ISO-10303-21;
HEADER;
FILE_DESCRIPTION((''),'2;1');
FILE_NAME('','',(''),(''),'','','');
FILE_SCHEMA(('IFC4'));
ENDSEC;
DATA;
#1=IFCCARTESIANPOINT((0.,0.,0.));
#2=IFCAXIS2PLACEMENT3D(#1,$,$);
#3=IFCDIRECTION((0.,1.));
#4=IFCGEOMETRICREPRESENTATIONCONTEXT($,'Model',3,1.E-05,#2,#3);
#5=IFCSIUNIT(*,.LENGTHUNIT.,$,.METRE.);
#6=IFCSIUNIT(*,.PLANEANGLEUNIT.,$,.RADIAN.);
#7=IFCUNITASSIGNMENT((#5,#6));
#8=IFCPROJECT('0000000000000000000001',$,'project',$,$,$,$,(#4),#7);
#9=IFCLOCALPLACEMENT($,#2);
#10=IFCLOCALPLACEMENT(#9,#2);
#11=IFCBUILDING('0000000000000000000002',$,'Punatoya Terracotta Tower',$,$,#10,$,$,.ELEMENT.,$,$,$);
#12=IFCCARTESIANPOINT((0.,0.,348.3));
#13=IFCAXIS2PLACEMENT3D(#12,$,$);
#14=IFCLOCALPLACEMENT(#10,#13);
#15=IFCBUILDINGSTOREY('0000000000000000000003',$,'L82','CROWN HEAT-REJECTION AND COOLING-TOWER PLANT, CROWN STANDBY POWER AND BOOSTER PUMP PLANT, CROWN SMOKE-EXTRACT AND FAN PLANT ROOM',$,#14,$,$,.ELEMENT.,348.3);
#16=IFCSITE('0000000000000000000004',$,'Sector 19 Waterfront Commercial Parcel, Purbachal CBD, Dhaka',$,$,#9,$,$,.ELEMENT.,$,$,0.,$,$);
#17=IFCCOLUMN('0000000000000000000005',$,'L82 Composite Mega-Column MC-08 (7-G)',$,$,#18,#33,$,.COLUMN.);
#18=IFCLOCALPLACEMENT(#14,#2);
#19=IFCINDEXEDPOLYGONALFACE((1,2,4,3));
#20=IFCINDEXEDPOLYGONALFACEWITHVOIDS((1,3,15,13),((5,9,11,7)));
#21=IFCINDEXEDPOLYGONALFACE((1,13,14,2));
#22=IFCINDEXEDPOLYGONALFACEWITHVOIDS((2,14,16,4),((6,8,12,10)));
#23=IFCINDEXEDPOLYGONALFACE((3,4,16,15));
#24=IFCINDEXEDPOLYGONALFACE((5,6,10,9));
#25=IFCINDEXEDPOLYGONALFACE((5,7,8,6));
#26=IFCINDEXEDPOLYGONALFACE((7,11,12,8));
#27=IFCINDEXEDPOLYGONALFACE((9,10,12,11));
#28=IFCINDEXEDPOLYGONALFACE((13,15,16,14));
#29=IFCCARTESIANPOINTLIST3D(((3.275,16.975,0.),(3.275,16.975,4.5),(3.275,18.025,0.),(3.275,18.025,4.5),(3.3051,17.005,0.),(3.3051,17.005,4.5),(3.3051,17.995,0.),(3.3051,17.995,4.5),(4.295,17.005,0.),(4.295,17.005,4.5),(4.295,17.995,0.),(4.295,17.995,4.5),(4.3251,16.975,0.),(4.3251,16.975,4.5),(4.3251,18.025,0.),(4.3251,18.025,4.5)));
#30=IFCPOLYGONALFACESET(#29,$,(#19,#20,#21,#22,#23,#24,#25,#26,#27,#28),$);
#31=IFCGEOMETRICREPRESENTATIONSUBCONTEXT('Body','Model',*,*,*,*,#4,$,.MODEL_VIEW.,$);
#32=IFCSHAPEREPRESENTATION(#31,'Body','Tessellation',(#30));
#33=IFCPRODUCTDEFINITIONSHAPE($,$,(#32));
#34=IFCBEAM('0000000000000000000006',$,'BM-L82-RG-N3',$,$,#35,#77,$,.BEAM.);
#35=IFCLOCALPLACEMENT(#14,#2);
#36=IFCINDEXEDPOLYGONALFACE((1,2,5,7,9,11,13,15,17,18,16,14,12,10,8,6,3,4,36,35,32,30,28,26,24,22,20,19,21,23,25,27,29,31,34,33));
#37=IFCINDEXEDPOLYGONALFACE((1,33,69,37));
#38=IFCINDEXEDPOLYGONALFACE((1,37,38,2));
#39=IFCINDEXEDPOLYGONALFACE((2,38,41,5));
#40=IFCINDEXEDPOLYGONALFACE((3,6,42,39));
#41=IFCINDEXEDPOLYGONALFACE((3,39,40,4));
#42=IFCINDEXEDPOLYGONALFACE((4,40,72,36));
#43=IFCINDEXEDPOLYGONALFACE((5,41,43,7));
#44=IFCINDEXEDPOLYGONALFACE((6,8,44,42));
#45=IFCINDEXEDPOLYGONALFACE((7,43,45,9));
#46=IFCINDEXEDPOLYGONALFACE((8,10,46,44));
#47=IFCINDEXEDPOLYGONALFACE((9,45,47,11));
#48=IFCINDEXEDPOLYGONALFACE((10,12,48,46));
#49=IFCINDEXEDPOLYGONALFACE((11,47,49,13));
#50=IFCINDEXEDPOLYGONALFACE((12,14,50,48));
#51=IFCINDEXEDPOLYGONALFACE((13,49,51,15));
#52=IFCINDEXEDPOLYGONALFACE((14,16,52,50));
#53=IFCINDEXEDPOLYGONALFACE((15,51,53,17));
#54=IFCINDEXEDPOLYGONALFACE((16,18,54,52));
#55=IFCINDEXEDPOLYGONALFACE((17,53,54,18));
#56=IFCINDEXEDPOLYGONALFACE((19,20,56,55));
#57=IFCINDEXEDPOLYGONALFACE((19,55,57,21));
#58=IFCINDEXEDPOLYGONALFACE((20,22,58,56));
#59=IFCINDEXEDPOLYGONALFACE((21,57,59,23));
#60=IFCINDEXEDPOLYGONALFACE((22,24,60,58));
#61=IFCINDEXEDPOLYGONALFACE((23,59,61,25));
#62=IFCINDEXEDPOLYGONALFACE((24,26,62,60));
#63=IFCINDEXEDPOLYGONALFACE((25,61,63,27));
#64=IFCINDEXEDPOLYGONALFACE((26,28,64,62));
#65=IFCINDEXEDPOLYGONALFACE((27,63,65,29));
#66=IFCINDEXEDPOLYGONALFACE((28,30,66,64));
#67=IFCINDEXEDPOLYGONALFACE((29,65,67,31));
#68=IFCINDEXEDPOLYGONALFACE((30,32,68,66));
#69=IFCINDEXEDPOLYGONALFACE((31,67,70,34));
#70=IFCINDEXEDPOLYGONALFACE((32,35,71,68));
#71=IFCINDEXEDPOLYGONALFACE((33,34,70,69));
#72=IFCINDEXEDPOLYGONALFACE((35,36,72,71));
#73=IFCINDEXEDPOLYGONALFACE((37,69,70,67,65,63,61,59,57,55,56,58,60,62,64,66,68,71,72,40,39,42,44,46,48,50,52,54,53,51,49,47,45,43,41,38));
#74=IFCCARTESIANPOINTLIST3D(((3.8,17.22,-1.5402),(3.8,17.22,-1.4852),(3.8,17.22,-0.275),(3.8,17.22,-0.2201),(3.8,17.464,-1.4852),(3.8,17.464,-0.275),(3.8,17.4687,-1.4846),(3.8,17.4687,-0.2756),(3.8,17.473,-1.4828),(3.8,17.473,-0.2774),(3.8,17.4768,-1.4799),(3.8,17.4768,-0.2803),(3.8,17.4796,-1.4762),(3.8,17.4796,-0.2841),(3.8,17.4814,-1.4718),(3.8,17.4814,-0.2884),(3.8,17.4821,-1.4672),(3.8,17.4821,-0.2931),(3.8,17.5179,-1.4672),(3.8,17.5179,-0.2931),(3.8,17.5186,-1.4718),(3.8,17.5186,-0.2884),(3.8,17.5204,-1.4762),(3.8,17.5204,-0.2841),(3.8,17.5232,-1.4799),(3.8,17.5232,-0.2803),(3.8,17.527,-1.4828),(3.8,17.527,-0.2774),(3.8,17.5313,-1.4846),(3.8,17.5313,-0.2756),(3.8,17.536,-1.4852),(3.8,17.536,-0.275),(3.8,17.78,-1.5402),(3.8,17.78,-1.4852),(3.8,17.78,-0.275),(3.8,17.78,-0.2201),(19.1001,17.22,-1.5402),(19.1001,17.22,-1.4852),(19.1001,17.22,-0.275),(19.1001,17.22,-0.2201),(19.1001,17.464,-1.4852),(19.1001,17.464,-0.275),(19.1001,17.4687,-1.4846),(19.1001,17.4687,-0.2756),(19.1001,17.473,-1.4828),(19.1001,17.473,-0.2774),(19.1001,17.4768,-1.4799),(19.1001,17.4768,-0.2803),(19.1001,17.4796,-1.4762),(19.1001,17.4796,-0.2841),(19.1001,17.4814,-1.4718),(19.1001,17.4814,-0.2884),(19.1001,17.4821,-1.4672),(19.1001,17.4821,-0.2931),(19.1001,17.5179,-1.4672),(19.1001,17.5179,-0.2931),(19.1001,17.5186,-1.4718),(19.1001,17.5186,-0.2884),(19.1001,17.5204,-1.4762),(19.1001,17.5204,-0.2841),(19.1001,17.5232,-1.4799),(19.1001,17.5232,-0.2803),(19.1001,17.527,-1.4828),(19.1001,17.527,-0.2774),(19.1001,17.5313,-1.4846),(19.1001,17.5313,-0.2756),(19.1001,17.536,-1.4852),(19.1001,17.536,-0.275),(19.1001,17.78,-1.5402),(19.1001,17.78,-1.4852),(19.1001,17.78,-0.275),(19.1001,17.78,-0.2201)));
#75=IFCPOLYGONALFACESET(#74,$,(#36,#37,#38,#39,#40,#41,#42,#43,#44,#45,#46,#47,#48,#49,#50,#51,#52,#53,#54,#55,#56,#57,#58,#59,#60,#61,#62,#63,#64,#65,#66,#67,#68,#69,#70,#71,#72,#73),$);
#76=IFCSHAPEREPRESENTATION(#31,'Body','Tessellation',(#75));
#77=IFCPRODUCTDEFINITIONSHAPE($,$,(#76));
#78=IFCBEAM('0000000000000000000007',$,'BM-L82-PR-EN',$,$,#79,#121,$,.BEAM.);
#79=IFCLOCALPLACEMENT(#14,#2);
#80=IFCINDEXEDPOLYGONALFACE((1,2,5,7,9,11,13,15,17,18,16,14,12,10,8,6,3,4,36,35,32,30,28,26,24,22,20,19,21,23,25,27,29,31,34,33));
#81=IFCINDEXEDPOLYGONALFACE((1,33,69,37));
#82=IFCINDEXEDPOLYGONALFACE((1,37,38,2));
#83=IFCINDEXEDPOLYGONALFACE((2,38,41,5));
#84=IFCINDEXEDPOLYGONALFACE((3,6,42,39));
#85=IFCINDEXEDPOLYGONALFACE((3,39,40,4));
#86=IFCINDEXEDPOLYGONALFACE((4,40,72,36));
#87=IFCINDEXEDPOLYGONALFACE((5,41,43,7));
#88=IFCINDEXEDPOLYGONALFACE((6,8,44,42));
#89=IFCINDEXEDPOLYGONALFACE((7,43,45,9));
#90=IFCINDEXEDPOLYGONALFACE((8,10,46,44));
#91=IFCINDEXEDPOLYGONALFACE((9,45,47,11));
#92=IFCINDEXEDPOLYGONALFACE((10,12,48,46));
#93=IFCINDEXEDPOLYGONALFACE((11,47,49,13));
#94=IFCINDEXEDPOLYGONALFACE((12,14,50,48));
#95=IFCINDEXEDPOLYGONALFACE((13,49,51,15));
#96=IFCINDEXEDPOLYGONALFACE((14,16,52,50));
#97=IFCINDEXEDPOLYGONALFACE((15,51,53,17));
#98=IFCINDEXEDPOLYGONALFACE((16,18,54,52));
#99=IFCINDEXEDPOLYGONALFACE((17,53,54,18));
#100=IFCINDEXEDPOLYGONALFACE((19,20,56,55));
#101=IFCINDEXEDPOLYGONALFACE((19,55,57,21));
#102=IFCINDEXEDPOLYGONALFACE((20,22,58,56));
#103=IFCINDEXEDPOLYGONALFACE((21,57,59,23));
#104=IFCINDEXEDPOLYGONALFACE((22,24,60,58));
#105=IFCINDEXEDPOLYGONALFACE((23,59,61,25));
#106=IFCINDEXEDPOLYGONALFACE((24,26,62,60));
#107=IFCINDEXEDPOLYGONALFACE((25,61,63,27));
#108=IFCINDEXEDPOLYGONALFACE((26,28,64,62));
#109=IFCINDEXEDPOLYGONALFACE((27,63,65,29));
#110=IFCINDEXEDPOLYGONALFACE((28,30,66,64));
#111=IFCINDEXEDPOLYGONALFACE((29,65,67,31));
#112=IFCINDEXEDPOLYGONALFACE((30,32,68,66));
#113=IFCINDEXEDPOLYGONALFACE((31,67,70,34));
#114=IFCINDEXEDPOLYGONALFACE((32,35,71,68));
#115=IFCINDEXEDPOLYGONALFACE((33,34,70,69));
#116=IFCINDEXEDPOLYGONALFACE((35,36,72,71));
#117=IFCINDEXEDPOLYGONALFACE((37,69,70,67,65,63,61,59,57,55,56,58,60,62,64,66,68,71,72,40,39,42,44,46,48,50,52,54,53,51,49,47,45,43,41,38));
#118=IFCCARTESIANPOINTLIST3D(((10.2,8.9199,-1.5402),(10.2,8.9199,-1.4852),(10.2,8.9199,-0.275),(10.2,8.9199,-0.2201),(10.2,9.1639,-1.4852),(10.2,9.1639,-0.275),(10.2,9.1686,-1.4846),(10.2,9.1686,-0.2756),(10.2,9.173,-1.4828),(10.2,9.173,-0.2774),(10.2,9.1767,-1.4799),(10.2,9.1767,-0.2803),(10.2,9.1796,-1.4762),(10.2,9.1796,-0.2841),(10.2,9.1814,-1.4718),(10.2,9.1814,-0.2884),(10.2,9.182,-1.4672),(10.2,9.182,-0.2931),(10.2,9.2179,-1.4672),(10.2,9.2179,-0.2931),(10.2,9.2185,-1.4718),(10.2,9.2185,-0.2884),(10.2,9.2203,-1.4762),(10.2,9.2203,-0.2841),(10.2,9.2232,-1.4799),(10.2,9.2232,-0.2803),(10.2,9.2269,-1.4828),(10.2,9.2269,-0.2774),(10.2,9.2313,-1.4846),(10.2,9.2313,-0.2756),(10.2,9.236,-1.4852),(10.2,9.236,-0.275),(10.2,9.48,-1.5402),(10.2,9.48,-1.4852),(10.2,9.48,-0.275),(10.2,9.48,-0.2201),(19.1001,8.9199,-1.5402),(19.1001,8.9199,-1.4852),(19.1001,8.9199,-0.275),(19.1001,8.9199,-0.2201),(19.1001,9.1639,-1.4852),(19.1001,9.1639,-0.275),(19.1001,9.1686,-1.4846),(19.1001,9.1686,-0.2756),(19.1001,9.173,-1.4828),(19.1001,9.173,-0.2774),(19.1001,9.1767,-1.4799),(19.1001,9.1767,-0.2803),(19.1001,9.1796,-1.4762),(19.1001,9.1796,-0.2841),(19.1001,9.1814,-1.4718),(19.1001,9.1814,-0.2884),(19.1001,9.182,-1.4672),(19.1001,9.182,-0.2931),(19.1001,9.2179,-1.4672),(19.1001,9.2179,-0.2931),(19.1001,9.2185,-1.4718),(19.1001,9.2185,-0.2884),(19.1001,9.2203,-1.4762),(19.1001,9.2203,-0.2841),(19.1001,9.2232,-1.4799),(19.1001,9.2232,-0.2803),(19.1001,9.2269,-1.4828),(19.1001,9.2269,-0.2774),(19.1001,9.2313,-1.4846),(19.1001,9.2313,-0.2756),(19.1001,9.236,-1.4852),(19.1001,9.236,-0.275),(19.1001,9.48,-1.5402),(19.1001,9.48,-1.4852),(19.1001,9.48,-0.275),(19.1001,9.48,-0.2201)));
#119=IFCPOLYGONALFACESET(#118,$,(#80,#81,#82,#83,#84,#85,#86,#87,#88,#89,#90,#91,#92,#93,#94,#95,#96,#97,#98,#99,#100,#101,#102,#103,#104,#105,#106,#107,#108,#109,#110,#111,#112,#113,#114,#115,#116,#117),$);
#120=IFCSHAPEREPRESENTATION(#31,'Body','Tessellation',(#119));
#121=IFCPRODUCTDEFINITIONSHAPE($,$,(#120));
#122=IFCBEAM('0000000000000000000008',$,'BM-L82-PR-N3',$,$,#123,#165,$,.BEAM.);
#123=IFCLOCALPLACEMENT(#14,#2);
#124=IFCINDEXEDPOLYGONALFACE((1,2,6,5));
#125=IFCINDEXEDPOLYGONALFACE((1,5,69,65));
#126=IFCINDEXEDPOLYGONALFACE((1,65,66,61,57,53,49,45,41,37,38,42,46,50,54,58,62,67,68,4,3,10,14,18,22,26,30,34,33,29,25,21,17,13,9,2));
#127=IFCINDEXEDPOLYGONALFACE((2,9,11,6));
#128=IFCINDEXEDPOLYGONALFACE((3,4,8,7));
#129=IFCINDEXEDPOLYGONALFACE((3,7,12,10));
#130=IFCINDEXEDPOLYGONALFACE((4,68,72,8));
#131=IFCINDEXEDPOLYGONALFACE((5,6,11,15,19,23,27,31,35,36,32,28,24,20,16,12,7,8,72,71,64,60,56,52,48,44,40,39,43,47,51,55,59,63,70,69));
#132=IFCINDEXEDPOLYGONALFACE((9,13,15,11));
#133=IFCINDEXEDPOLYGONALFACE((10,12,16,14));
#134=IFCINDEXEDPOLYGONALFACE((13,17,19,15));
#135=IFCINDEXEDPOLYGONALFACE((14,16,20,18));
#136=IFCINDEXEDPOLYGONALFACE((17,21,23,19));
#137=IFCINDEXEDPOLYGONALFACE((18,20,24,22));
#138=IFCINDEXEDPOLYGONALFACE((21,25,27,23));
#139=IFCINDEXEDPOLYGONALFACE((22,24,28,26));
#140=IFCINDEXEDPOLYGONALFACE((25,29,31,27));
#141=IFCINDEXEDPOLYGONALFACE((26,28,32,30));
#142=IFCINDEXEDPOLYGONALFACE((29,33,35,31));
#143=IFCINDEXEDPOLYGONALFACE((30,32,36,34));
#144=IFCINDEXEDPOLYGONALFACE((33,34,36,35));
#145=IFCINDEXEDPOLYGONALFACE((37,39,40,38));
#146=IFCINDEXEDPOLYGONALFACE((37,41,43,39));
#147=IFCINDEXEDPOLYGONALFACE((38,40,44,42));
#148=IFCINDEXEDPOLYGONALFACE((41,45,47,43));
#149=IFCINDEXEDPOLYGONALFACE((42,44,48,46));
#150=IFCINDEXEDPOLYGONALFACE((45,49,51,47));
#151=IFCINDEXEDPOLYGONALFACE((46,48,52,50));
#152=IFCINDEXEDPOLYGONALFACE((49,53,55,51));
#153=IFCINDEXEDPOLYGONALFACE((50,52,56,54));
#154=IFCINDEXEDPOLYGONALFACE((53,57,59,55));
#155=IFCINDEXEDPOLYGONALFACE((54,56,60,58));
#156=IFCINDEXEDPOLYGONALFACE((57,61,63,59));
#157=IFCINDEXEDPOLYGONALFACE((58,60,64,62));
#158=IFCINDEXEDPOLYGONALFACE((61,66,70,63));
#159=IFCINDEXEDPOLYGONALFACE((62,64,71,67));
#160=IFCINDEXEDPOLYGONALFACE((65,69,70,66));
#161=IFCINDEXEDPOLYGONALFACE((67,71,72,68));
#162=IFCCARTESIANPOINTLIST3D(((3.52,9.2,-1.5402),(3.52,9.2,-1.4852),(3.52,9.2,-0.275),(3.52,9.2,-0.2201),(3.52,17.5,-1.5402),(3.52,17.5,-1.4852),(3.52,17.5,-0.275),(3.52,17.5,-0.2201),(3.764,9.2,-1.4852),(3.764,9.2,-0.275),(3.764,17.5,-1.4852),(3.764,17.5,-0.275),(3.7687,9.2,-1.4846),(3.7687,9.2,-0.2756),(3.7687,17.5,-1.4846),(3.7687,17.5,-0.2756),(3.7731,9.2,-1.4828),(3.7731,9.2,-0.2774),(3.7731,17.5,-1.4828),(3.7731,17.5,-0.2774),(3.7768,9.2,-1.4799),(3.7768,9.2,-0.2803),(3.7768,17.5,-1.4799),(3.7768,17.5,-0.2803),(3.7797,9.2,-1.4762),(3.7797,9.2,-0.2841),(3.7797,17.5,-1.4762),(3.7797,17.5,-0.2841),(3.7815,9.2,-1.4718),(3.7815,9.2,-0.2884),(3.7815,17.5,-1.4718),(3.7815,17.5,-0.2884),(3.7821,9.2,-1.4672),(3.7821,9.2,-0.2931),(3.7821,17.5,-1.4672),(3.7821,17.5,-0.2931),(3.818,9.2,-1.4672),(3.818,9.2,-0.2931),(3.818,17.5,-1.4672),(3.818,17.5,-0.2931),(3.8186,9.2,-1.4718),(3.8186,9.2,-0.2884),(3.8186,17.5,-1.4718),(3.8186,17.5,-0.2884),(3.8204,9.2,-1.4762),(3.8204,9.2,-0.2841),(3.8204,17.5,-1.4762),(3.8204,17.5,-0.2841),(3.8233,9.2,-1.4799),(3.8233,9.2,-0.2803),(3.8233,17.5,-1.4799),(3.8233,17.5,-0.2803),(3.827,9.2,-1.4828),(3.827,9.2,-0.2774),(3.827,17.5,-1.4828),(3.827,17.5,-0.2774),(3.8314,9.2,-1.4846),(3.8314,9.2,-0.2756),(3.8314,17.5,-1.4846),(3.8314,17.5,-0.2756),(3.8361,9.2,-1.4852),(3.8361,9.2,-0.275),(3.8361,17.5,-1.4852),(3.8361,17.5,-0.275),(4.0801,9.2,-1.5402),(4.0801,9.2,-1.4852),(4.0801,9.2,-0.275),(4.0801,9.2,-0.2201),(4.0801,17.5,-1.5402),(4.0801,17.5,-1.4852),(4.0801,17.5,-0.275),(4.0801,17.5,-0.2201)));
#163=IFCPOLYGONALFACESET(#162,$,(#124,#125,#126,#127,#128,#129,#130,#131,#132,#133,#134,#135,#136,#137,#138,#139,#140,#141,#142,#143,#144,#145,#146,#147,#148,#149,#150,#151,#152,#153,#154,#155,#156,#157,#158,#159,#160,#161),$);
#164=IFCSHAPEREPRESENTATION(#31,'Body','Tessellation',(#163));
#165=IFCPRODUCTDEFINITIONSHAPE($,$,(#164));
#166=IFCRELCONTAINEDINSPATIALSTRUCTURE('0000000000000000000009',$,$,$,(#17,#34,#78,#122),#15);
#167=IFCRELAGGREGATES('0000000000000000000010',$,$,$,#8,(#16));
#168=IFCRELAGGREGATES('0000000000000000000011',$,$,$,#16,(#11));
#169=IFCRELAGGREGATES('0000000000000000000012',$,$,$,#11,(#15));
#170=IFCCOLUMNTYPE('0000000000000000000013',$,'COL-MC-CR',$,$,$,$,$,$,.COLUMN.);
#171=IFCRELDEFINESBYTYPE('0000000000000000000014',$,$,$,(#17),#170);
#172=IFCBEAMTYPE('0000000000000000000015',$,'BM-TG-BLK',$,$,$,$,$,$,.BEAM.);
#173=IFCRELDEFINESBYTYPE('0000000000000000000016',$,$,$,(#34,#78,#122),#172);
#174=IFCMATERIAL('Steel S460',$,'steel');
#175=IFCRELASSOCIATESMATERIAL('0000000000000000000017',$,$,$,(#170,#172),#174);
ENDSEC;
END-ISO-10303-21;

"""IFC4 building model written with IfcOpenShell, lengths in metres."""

from ifc_helpers import new_model, si_unit, direction, frame, origin, origin_2d, place, context, subcontext, project, spatial, hollow_rectangle, i_section, extrude, material, material_profile, profile_set, type_object, element, save


model = new_model("IFC4")

# Units and contexts
model_context = context("Model", 3, precision=1e-05, world=origin(), true_north=direction((0.0, 1.0)))
body_context = subcontext(model_context, "Body", "Model", "MODEL_VIEW")
ifc_project = project(units=[si_unit("LENGTHUNIT", "METRE"), si_unit("PLANEANGLEUNIT", "RADIAN")], contexts=[model_context])

# Site, building, storey
site_placement = place(None, origin())
site = spatial("IfcSite", under=ifc_project, at=site_placement, Name="Sector 19 Waterfront Commercial Parcel, Purbachal CBD, Dhaka", CompositionType="ELEMENT", RefElevation=0.0)
building_placement = place(site_placement, origin())
building = spatial("IfcBuilding", under=site, at=building_placement, Name="Punatoya Terracotta Tower", CompositionType="ELEMENT")
storey_placement = place(building_placement, frame((0.0, 0.0, 348.3)))
storey = spatial("IfcBuildingStorey", under=building, at=storey_placement, Name="L82", Description="CROWN HEAT-REJECTION AND COOLING-TOWER PLANT, CROWN STANDBY POWER AND BOOSTER PUMP PLANT, CROWN SMOKE-EXTRACT AND FAN PLANT ROOM", CompositionType="ELEMENT", Elevation=348.3)

# Column
ifc_material_1 = material(Name="Steel S460", Category="steel")
ifc_material_profile_1 = material_profile(ifc_material_1, hollow_rectangle(XDim=1.05, YDim=1.05, WallThickness=0.03, at=origin_2d()))
ifc_profile_set_1 = profile_set([ifc_material_profile_1], Name="Steel S460")
column_type = type_object("IfcColumnType", Name="COL-MC-CR", PredefinedType="COLUMN", material=ifc_profile_set_1)
column_placement = place(storey_placement, frame((3.8, 17.5, 0.0), z_axis=(0.0, 0.0, 1.0), x_axis=(1.0, 0.0, 0.0)))
element("IfcColumn", 1, at=column_placement, inside=storey, type_object=column_type, Name="L82 Composite Mega-Column MC-08 (7-G)", PredefinedType="COLUMN", context=body_context, shape_type="SweptSolid", body=[
    extrude(hollow_rectangle(XDim=1.05, YDim=1.05, WallThickness=0.03, at=origin_2d()), origin(), (0.0, 0.0, 1.0), 4.5),
])

# Beams
ifc_material_profile_2 = material_profile(ifc_material_1, i_section(OverallWidth=0.5601, OverallDepth=1.3201, WebThickness=0.0359, FlangeThickness=0.0549, FilletRadius=0.0181, at=origin_2d()))
ifc_profile_set_2 = profile_set([ifc_material_profile_2], Name="Steel S460")
beam_type = type_object("IfcBeamType", Name="BM-TG-BLK", PredefinedType="BEAM", material=ifc_profile_set_2)
beam_1_placement = place(storey_placement, frame((3.8, 17.5, -0.8801), z_axis=(1.0, 0.0, 0.0), x_axis=(0.0, 1.0, 0.0)))
element("IfcBeam", 2, at=beam_1_placement, inside=storey, type_object=beam_type, Name="BM-L82-RG-N3", PredefinedType="BEAM", context=body_context, shape_type="SweptSolid", body=[
    extrude(i_section(OverallWidth=0.5601, OverallDepth=1.3201, WebThickness=0.0359, FlangeThickness=0.0549, FilletRadius=0.0181, at=origin_2d()), origin(), (0.0, 0.0, 1.0), 15.3),
])
beam_2_placement = place(storey_placement, frame((10.2, 9.2, -0.8801), z_axis=(1.0, 0.0, 0.0), x_axis=(0.0, 1.0, 0.0)))
element("IfcBeam", 3, at=beam_2_placement, inside=storey, type_object=beam_type, Name="BM-L82-PR-EN", PredefinedType="BEAM", context=body_context, shape_type="SweptSolid", body=[
    extrude(i_section(OverallWidth=0.5601, OverallDepth=1.3201, WebThickness=0.0359, FlangeThickness=0.0549, FilletRadius=0.0181, at=origin_2d()), origin(), (0.0, 0.0, 1.0), 8.9001),
])
for number, where, z_axis, x_axis, name in (
    (4, (3.8, 9.2, -0.8801), (0.0, 1.0, 0.0), (-1.0, 0.0, 0.0), "BM-L82-PR-N3"),
):
    element("IfcBeam", number, at=place(storey_placement, frame(where, z_axis=z_axis, x_axis=x_axis)), inside=storey, type_object=beam_type, Name=name, PredefinedType="BEAM", context=body_context, shape_type="SweptSolid", body=[
        extrude(i_section(OverallWidth=0.5601, OverallDepth=1.3201, WebThickness=0.0359, FlangeThickness=0.0549, FilletRadius=0.0181, at=origin_2d()), origin(), (0.0, 0.0, 1.0), 8.3),
    ])

save(model, "model.ifc")
